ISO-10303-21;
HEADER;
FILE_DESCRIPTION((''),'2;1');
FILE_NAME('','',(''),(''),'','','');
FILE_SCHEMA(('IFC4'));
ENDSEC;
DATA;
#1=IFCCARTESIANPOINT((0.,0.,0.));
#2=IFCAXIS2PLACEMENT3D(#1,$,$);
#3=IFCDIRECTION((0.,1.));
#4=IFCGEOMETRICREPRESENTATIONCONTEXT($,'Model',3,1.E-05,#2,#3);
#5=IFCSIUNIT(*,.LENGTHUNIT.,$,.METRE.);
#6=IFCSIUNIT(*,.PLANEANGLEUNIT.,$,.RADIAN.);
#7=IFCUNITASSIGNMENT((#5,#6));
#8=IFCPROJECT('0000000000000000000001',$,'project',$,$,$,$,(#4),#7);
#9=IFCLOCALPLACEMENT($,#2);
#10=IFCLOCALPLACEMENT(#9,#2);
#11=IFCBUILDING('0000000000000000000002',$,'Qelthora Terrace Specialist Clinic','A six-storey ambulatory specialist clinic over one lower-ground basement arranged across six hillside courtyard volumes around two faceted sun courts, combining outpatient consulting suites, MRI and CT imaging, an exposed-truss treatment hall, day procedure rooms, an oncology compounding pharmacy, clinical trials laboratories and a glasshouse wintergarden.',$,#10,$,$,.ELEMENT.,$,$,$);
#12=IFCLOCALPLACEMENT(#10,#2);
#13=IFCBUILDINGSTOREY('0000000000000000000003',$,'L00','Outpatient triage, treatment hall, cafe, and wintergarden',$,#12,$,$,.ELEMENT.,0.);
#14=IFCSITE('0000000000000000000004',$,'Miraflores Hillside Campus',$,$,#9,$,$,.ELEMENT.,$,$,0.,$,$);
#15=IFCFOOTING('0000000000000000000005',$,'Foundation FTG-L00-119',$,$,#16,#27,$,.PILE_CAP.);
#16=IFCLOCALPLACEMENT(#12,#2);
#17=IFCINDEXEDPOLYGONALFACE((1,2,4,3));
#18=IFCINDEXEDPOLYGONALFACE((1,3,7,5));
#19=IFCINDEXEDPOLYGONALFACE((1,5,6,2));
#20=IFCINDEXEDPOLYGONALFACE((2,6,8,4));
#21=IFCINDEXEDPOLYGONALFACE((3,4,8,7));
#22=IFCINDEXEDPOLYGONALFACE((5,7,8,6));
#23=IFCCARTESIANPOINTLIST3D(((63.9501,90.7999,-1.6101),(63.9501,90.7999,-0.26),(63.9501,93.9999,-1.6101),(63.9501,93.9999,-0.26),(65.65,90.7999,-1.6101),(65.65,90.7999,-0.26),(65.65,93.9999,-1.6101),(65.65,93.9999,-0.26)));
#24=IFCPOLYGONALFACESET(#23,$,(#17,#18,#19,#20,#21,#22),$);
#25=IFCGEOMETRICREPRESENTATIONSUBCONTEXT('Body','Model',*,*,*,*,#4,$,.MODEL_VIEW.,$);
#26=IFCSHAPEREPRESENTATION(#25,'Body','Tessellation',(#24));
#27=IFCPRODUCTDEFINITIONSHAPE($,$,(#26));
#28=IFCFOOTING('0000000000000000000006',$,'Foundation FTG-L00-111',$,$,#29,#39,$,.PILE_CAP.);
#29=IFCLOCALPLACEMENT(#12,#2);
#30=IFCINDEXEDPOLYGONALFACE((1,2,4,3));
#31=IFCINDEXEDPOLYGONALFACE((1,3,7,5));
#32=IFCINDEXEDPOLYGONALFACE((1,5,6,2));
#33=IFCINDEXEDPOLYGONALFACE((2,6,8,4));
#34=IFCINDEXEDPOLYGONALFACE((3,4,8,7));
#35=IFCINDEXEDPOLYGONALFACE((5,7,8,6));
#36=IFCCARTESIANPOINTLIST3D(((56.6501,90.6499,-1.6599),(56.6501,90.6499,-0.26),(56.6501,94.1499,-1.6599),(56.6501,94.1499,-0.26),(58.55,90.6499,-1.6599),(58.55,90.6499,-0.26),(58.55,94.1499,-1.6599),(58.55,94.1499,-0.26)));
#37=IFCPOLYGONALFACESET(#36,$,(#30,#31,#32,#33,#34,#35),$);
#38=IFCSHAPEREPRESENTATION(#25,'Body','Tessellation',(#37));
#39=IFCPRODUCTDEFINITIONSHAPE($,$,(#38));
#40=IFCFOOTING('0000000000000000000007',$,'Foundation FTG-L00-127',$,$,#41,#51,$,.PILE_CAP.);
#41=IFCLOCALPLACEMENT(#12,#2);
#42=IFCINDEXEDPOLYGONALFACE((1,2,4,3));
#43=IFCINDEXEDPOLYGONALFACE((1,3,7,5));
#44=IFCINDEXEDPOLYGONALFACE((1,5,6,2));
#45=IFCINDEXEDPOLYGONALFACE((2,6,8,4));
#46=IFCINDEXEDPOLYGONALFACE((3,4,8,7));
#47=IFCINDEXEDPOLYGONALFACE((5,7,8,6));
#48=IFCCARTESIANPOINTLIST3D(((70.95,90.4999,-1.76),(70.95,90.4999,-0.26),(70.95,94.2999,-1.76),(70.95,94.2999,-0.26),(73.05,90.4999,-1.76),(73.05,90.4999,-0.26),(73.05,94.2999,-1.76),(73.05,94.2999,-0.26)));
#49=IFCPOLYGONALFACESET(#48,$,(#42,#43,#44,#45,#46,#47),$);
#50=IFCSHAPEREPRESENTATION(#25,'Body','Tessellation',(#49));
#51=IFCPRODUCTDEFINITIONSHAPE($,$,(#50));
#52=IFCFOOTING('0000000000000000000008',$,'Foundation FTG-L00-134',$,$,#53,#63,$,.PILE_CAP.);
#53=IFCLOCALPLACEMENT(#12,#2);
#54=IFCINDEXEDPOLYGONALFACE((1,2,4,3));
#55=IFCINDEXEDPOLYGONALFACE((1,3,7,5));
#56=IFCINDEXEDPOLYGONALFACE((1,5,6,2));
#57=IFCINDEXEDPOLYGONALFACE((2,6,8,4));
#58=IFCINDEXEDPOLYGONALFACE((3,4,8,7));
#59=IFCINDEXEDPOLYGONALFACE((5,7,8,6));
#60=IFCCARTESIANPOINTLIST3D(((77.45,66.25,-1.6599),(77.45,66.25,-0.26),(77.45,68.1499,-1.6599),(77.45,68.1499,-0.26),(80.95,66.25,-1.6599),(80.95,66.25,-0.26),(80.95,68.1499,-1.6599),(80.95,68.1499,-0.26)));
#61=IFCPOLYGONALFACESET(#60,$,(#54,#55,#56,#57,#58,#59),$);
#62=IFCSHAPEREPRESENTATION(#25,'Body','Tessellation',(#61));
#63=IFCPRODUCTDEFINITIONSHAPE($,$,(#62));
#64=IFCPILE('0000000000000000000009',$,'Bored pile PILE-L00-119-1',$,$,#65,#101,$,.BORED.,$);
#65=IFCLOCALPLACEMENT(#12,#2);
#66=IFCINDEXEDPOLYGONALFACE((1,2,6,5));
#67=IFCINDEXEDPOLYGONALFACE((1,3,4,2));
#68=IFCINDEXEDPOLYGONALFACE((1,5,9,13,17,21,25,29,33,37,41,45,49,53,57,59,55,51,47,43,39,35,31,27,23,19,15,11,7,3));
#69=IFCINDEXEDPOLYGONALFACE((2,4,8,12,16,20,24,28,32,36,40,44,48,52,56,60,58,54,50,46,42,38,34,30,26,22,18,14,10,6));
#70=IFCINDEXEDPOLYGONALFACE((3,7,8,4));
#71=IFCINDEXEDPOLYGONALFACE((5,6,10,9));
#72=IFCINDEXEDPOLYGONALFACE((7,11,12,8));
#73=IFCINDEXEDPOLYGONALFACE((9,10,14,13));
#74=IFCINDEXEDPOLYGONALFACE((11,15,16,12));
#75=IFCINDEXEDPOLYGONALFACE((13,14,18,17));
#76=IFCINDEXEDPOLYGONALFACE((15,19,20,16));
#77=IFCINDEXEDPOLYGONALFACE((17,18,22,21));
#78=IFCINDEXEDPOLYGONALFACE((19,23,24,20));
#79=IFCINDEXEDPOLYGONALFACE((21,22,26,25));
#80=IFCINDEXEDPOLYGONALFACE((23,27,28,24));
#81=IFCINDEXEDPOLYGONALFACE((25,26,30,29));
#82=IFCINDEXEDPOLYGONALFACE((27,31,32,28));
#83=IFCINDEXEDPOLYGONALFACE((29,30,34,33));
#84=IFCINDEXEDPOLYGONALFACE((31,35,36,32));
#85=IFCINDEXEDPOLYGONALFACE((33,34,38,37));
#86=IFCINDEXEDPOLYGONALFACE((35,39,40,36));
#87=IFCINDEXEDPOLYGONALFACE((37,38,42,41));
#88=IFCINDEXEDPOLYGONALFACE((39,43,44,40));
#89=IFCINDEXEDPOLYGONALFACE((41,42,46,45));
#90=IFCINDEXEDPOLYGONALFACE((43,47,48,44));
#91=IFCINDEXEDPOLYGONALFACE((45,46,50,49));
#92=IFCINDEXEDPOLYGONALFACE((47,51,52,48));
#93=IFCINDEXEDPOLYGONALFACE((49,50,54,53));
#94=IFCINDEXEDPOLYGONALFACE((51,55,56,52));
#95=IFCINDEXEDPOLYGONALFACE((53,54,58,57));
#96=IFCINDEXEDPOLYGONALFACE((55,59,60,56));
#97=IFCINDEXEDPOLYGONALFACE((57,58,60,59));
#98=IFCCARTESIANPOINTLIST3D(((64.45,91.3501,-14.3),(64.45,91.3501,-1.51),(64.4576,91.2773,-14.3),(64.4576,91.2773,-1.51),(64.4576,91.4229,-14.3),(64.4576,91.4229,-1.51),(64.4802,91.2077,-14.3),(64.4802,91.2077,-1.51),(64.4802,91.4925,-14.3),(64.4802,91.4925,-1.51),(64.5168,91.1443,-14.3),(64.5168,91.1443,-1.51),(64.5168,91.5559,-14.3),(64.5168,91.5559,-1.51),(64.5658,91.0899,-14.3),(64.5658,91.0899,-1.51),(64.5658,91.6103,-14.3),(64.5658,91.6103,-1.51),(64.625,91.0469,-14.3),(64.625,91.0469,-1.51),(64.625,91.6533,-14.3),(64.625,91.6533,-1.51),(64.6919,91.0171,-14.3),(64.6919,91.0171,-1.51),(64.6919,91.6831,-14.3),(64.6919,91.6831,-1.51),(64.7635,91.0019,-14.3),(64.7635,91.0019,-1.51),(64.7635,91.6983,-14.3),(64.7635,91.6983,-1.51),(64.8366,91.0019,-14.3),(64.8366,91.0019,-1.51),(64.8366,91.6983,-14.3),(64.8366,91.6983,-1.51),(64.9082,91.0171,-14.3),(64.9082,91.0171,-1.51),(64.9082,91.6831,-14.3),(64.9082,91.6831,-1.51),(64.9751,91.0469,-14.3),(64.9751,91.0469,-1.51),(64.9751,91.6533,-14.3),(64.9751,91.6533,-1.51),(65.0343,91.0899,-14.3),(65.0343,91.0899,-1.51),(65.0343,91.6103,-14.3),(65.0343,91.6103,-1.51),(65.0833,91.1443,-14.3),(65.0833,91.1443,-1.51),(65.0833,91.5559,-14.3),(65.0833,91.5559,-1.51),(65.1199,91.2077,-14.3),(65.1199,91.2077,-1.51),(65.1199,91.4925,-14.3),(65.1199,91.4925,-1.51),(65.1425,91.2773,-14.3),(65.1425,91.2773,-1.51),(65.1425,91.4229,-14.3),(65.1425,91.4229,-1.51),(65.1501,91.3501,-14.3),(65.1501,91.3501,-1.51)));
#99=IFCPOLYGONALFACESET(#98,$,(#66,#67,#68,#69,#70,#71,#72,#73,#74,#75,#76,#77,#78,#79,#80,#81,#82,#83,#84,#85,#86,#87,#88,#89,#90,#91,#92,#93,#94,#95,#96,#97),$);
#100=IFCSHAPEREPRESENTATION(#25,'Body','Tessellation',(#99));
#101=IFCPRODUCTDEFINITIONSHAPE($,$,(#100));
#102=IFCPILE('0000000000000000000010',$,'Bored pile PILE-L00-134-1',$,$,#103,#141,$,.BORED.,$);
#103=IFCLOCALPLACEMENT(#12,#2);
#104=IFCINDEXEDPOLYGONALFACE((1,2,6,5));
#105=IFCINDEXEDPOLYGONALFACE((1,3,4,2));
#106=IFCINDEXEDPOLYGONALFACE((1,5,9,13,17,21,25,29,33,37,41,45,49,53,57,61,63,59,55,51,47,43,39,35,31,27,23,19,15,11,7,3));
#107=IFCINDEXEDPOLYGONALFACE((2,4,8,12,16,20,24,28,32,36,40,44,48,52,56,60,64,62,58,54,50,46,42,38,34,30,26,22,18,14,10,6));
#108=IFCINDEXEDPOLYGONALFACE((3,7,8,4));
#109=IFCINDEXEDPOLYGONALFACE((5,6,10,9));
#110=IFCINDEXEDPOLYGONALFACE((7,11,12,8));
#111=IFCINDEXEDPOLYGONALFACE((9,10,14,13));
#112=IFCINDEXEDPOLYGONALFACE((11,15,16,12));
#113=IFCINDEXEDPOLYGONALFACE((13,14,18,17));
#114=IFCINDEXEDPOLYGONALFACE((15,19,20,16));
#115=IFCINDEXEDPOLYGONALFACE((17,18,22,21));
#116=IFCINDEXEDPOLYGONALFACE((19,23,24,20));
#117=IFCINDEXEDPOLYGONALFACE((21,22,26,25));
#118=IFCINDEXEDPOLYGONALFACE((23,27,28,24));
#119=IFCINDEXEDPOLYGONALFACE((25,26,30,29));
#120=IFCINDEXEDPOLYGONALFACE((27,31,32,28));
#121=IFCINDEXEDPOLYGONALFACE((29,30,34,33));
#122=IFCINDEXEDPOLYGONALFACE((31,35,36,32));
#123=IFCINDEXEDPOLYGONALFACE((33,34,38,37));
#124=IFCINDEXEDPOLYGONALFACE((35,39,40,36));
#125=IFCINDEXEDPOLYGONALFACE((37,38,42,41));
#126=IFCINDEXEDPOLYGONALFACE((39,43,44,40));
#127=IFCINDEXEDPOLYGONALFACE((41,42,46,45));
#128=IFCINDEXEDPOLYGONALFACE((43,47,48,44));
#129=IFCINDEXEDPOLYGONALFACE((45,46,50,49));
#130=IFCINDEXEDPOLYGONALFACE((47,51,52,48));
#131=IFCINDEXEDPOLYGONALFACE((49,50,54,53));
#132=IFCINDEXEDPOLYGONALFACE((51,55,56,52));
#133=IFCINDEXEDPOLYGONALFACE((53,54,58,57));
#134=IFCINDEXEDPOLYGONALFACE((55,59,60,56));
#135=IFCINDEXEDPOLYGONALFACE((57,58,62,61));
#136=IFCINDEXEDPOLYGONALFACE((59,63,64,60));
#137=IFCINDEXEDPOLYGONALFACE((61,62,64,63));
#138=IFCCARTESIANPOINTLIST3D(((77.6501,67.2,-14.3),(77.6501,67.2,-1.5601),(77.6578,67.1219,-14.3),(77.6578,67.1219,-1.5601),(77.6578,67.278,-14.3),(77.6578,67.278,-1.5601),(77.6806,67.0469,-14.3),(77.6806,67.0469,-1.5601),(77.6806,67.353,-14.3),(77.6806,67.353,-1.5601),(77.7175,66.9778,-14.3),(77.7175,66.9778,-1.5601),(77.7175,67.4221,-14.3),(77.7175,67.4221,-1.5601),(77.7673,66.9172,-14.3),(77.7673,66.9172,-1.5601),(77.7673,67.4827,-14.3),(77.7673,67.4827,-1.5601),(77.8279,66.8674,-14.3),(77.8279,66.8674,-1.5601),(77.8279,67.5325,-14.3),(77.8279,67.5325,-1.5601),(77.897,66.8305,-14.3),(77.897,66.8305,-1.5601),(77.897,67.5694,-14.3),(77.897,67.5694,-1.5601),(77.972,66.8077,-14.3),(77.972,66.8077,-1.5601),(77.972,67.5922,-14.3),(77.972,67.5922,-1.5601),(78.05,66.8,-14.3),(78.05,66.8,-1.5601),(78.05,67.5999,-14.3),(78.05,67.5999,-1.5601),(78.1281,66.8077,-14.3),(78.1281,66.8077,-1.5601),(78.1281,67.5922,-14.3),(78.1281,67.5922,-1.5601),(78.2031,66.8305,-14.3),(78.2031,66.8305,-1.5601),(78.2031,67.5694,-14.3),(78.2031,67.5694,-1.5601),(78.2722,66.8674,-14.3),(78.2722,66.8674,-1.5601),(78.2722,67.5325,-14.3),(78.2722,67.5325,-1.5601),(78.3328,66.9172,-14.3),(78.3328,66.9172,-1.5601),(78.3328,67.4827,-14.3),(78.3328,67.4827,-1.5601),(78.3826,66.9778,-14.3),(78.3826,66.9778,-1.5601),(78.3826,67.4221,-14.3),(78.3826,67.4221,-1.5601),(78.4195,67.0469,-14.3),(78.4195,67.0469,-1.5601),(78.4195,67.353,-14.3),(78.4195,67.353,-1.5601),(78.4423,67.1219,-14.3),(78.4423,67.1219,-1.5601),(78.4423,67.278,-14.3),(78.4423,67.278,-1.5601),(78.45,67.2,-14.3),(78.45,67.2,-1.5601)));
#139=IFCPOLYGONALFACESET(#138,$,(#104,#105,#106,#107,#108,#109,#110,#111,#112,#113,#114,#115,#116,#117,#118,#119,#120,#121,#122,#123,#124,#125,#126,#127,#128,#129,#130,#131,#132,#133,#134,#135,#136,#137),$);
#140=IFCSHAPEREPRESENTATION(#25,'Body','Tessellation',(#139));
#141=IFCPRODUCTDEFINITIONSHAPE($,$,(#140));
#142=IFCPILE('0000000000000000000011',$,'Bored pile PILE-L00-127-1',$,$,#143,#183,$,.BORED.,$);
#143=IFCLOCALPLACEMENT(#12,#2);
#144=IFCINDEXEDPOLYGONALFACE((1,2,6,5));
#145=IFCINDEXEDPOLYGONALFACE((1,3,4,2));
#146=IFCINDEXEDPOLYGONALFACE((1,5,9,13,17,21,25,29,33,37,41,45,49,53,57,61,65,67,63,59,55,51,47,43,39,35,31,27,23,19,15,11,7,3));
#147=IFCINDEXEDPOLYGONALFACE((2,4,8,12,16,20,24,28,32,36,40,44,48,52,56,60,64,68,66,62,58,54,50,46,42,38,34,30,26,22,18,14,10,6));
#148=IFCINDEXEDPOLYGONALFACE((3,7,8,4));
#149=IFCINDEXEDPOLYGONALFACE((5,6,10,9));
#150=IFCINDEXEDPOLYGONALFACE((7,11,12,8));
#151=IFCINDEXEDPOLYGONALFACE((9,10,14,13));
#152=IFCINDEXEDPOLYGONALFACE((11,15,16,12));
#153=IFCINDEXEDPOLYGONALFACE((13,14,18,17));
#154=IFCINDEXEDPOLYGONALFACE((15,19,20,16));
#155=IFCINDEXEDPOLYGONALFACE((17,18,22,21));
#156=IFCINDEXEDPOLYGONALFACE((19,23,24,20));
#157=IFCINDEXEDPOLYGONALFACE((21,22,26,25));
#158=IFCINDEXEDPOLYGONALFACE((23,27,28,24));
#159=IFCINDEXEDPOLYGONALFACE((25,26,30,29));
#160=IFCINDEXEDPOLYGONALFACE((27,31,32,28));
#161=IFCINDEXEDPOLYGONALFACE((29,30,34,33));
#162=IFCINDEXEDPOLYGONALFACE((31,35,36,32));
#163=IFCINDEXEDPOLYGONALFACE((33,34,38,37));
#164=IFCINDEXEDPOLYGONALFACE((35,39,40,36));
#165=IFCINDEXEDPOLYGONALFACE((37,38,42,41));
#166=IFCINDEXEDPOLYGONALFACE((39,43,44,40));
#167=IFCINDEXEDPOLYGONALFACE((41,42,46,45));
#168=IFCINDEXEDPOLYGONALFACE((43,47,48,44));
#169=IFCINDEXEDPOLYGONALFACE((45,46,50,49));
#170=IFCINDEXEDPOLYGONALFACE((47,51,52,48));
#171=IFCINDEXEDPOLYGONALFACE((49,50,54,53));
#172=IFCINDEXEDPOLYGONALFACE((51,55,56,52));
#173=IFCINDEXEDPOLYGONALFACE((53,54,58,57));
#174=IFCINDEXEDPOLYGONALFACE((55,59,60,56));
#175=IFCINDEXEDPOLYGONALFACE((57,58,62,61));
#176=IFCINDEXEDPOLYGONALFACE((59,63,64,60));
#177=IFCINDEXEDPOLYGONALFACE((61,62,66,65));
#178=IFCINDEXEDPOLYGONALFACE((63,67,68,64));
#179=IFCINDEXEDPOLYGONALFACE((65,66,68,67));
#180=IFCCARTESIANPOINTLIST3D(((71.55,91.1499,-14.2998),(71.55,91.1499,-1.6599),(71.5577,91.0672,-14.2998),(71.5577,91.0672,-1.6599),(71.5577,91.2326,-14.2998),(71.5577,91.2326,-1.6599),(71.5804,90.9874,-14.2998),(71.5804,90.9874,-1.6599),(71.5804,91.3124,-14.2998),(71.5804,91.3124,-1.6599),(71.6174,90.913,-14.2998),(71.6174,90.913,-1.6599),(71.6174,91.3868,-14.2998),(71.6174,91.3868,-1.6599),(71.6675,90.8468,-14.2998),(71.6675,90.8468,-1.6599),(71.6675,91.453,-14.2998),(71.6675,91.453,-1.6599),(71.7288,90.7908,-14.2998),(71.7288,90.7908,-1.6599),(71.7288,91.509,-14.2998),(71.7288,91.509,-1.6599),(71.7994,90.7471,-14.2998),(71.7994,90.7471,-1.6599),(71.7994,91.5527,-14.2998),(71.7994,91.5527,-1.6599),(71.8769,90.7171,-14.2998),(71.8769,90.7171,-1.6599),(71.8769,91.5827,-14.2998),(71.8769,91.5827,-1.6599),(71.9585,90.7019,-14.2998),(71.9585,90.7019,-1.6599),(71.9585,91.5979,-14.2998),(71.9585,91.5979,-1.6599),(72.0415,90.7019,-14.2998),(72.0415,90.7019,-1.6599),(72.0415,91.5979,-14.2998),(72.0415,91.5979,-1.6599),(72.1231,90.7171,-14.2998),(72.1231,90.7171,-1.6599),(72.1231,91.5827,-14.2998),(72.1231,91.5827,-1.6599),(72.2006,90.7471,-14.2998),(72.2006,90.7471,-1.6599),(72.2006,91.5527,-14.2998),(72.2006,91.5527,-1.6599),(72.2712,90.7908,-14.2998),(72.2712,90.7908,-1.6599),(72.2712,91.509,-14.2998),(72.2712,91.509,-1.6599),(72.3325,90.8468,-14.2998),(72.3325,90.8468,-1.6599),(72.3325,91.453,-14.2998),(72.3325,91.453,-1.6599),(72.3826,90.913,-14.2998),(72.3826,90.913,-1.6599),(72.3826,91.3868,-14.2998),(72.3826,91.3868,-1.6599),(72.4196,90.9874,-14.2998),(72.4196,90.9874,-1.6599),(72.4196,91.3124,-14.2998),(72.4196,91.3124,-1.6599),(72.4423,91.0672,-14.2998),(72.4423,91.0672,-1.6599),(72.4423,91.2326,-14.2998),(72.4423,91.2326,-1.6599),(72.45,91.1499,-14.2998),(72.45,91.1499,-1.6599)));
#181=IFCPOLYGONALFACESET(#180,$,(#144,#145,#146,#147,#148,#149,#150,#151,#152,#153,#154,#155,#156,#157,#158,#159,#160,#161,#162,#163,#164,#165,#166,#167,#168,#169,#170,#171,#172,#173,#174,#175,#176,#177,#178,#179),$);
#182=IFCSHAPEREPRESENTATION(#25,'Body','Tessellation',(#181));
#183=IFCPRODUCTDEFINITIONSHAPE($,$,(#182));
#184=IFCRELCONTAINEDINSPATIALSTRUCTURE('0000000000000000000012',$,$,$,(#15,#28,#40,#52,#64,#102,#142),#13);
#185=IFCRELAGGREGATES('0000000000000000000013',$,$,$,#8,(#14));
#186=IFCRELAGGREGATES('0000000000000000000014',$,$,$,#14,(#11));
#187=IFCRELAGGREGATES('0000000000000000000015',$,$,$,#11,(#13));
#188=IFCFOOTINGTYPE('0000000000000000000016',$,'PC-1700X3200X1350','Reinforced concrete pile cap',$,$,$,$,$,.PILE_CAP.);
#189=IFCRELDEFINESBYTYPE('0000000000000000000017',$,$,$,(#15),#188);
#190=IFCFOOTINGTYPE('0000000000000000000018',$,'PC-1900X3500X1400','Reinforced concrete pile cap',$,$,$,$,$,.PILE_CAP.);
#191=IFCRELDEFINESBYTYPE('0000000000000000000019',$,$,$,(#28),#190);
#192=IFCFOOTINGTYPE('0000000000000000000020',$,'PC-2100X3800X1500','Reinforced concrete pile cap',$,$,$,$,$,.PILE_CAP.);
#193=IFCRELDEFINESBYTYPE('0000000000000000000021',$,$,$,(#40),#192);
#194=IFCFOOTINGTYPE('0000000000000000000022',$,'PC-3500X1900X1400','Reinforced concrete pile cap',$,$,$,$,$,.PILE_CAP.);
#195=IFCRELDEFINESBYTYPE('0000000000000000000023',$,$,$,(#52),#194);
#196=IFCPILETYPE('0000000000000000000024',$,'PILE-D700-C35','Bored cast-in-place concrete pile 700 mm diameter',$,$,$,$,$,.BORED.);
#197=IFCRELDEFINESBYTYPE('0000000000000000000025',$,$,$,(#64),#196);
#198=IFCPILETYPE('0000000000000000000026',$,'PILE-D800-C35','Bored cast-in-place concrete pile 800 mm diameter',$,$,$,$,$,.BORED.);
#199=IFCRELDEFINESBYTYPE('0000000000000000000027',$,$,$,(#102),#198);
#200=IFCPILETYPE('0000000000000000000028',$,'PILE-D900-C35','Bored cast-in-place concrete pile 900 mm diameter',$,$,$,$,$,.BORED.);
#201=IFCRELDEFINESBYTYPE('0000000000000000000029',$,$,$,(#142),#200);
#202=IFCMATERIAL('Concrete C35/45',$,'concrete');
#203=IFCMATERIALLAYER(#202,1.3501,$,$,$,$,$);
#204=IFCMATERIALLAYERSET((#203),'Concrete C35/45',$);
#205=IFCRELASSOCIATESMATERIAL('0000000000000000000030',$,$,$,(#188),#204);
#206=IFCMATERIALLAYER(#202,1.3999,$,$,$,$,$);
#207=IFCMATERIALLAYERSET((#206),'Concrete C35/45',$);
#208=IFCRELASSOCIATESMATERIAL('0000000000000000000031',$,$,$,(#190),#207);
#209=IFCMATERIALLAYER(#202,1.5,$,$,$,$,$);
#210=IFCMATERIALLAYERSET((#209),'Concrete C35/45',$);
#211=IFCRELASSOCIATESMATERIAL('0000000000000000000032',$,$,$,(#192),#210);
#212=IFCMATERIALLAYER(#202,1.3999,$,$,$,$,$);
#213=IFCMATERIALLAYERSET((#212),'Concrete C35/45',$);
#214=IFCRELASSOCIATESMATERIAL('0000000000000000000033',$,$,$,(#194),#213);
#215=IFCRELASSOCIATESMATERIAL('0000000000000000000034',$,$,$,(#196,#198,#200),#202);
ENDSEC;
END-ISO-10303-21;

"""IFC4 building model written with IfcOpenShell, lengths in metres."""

from ifc_helpers import new_model, si_unit, direction, frame, origin, origin_2d, place, context, subcontext, project, spatial, rectangle, circle, extrude, material, layer, layer_set, material_profile, profile_set, type_object, element, save


model = new_model("IFC4")

# Units and contexts
model_context = context("Model", 3, precision=1e-05, world=origin(), true_north=direction((0.0, 1.0)))
body_context = subcontext(model_context, "Body", "Model", "MODEL_VIEW")
ifc_project = project(units=[si_unit("LENGTHUNIT", "METRE"), si_unit("PLANEANGLEUNIT", "RADIAN")], contexts=[model_context])

# Site, building, storey
site_placement = place(None, origin())
site = spatial("IfcSite", under=ifc_project, at=site_placement, Name="Miraflores Hillside Campus", CompositionType="ELEMENT", RefElevation=0.0)
building_placement = place(site_placement, origin())
building = spatial("IfcBuilding", under=site, at=building_placement, Name="Qelthora Terrace Specialist Clinic", Description="A six-storey ambulatory specialist clinic over one lower-ground basement arranged across six hillside courtyard volumes around two faceted sun courts, combining outpatient consulting suites, MRI and CT imaging, an exposed-truss treatment hall, day procedure rooms, an oncology compounding pharmacy, clinical trials laboratories and a glasshouse wintergarden.", CompositionType="ELEMENT")
storey_placement = place(building_placement, origin())
storey = spatial("IfcBuildingStorey", under=building, at=storey_placement, Name="L00", Description="Outpatient triage, treatment hall, cafe, and wintergarden", CompositionType="ELEMENT", Elevation=0.0)

# Footings
ifc_material_1 = material(Name="Concrete C35/45", Category="concrete")
ifc_layer_1 = layer(ifc_material_1, 1.3501)
ifc_layer_set_1 = layer_set([ifc_layer_1], Name="Concrete C35/45")
footing_type_1 = type_object("IfcFootingType", Name="PC-1700X3200X1350", Description="Reinforced concrete pile cap", PredefinedType="PILE_CAP", material=ifc_layer_set_1)
footing_1_placement = place(storey_placement, frame((64.8, 92.3999, -1.6101), z_axis=(0.0, 0.0, 1.0), x_axis=(1.0, 0.0, 0.0)))
element("IfcFooting", 1, at=footing_1_placement, inside=storey, type_object=footing_type_1, Name="Foundation FTG-L00-119", PredefinedType="PILE_CAP", context=body_context, shape_type="SweptSolid", body=[
    extrude(rectangle(XDim=1.7, YDim=3.2, at=origin_2d()), origin(), (0.0, 0.0, 1.0), 1.3501),
])
ifc_layer_2 = layer(ifc_material_1, 1.3999)
ifc_layer_set_2 = layer_set([ifc_layer_2], Name="Concrete C35/45")
footing_type_2 = type_object("IfcFootingType", Name="PC-1900X3500X1400", Description="Reinforced concrete pile cap", PredefinedType="PILE_CAP", material=ifc_layer_set_2)
footing_2_placement = place(storey_placement, frame((57.6001, 92.3999, -1.6599), z_axis=(0.0, 0.0, 1.0), x_axis=(1.0, 0.0, 0.0)))
element("IfcFooting", 2, at=footing_2_placement, inside=storey, type_object=footing_type_2, Name="Foundation FTG-L00-111", PredefinedType="PILE_CAP", context=body_context, shape_type="SweptSolid", body=[
    extrude(rectangle(XDim=1.8999, YDim=3.5, at=origin_2d()), origin(), (0.0, 0.0, 1.0), 1.3999),
])
ifc_layer_3 = layer(ifc_material_1, 1.5)
ifc_layer_set_3 = layer_set([ifc_layer_3], Name="Concrete C35/45")
footing_type_3 = type_object("IfcFootingType", Name="PC-2100X3800X1500", Description="Reinforced concrete pile cap", PredefinedType="PILE_CAP", material=ifc_layer_set_3)
footing_3_placement = place(storey_placement, frame((72.0, 92.3999, -1.76), z_axis=(0.0, 0.0, 1.0), x_axis=(1.0, 0.0, 0.0)))
element("IfcFooting", 3, at=footing_3_placement, inside=storey, type_object=footing_type_3, Name="Foundation FTG-L00-127", PredefinedType="PILE_CAP", context=body_context, shape_type="SweptSolid", body=[
    extrude(rectangle(XDim=2.1001, YDim=3.8, at=origin_2d()), origin(), (0.0, 0.0, 1.0), 1.5),
])
ifc_layer_4 = layer(ifc_material_1, 1.3999)
ifc_layer_set_4 = layer_set([ifc_layer_4], Name="Concrete C35/45")
footing_type_4 = type_object("IfcFootingType", Name="PC-3500X1900X1400", Description="Reinforced concrete pile cap", PredefinedType="PILE_CAP", material=ifc_layer_set_4)
footing_4_placement = place(storey_placement, frame((79.2, 67.2, -1.6599), z_axis=(0.0, 0.0, 1.0), x_axis=(1.0, 0.0, 0.0)))
element("IfcFooting", 4, at=footing_4_placement, inside=storey, type_object=footing_type_4, Name="Foundation FTG-L00-134", PredefinedType="PILE_CAP", context=body_context, shape_type="SweptSolid", body=[
    extrude(rectangle(XDim=3.5, YDim=1.8999, at=origin_2d()), origin(), (0.0, 0.0, 1.0), 1.3999),
])

# Piles
ifc_material_profile_1 = material_profile(ifc_material_1, circle(Radius=0.3501, at=origin_2d()), Name="PILE700")
ifc_profile_set_1 = profile_set([ifc_material_profile_1], Name="Concrete C35/45")
pile_type_1 = type_object("IfcPileType", Name="PILE-D700-C35", Description="Bored cast-in-place concrete pile 700 mm diameter", PredefinedType="BORED", material=ifc_profile_set_1)
pile_1_placement = place(storey_placement, frame((64.8, 91.3501, -1.51), z_axis=(0.0, 0.0, -1.0), x_axis=(1.0, 0.0, 0.0)))
element("IfcPile", 5, at=pile_1_placement, inside=storey, type_object=pile_type_1, Name="Bored pile PILE-L00-119-1", PredefinedType="BORED", context=body_context, shape_type="SweptSolid", body=[
    extrude(circle(Radius=0.3501, at=origin_2d()), origin(), (0.0, 0.0, 1.0), 12.79),
])
ifc_material_profile_2 = material_profile(ifc_material_1, circle(Radius=0.3999, at=origin_2d()), Name="PILE800")
ifc_profile_set_2 = profile_set([ifc_material_profile_2], Name="Concrete C35/45")
pile_type_2 = type_object("IfcPileType", Name="PILE-D800-C35", Description="Bored cast-in-place concrete pile 800 mm diameter", PredefinedType="BORED", material=ifc_profile_set_2)
pile_2_placement = place(storey_placement, frame((78.05, 67.2, -1.5601), z_axis=(0.0, 0.0, -1.0), x_axis=(1.0, 0.0, 0.0)))
element("IfcPile", 6, at=pile_2_placement, inside=storey, type_object=pile_type_2, Name="Bored pile PILE-L00-134-1", PredefinedType="BORED", context=body_context, shape_type="SweptSolid", body=[
    extrude(circle(Radius=0.3999, at=origin_2d()), origin(), (0.0, 0.0, 1.0), 12.74),
])
ifc_material_profile_3 = material_profile(ifc_material_1, circle(Radius=0.45, at=origin_2d()), Name="PILE900")
ifc_profile_set_3 = profile_set([ifc_material_profile_3], Name="Concrete C35/45")
pile_type_3 = type_object("IfcPileType", Name="PILE-D900-C35", Description="Bored cast-in-place concrete pile 900 mm diameter", PredefinedType="BORED", material=ifc_profile_set_3)
pile_3_placement = place(storey_placement, frame((72.0, 91.1499, -1.6599), z_axis=(0.0, 0.0, -1.0), x_axis=(1.0, 0.0, 0.0)))
element("IfcPile", 7, at=pile_3_placement, inside=storey, type_object=pile_type_3, Name="Bored pile PILE-L00-127-1", PredefinedType="BORED", context=body_context, shape_type="SweptSolid", body=[
    extrude(circle(Radius=0.45, at=origin_2d()), origin(), (0.0, 0.0, 1.0), 12.6399),
])

save(model, "model.ifc")
